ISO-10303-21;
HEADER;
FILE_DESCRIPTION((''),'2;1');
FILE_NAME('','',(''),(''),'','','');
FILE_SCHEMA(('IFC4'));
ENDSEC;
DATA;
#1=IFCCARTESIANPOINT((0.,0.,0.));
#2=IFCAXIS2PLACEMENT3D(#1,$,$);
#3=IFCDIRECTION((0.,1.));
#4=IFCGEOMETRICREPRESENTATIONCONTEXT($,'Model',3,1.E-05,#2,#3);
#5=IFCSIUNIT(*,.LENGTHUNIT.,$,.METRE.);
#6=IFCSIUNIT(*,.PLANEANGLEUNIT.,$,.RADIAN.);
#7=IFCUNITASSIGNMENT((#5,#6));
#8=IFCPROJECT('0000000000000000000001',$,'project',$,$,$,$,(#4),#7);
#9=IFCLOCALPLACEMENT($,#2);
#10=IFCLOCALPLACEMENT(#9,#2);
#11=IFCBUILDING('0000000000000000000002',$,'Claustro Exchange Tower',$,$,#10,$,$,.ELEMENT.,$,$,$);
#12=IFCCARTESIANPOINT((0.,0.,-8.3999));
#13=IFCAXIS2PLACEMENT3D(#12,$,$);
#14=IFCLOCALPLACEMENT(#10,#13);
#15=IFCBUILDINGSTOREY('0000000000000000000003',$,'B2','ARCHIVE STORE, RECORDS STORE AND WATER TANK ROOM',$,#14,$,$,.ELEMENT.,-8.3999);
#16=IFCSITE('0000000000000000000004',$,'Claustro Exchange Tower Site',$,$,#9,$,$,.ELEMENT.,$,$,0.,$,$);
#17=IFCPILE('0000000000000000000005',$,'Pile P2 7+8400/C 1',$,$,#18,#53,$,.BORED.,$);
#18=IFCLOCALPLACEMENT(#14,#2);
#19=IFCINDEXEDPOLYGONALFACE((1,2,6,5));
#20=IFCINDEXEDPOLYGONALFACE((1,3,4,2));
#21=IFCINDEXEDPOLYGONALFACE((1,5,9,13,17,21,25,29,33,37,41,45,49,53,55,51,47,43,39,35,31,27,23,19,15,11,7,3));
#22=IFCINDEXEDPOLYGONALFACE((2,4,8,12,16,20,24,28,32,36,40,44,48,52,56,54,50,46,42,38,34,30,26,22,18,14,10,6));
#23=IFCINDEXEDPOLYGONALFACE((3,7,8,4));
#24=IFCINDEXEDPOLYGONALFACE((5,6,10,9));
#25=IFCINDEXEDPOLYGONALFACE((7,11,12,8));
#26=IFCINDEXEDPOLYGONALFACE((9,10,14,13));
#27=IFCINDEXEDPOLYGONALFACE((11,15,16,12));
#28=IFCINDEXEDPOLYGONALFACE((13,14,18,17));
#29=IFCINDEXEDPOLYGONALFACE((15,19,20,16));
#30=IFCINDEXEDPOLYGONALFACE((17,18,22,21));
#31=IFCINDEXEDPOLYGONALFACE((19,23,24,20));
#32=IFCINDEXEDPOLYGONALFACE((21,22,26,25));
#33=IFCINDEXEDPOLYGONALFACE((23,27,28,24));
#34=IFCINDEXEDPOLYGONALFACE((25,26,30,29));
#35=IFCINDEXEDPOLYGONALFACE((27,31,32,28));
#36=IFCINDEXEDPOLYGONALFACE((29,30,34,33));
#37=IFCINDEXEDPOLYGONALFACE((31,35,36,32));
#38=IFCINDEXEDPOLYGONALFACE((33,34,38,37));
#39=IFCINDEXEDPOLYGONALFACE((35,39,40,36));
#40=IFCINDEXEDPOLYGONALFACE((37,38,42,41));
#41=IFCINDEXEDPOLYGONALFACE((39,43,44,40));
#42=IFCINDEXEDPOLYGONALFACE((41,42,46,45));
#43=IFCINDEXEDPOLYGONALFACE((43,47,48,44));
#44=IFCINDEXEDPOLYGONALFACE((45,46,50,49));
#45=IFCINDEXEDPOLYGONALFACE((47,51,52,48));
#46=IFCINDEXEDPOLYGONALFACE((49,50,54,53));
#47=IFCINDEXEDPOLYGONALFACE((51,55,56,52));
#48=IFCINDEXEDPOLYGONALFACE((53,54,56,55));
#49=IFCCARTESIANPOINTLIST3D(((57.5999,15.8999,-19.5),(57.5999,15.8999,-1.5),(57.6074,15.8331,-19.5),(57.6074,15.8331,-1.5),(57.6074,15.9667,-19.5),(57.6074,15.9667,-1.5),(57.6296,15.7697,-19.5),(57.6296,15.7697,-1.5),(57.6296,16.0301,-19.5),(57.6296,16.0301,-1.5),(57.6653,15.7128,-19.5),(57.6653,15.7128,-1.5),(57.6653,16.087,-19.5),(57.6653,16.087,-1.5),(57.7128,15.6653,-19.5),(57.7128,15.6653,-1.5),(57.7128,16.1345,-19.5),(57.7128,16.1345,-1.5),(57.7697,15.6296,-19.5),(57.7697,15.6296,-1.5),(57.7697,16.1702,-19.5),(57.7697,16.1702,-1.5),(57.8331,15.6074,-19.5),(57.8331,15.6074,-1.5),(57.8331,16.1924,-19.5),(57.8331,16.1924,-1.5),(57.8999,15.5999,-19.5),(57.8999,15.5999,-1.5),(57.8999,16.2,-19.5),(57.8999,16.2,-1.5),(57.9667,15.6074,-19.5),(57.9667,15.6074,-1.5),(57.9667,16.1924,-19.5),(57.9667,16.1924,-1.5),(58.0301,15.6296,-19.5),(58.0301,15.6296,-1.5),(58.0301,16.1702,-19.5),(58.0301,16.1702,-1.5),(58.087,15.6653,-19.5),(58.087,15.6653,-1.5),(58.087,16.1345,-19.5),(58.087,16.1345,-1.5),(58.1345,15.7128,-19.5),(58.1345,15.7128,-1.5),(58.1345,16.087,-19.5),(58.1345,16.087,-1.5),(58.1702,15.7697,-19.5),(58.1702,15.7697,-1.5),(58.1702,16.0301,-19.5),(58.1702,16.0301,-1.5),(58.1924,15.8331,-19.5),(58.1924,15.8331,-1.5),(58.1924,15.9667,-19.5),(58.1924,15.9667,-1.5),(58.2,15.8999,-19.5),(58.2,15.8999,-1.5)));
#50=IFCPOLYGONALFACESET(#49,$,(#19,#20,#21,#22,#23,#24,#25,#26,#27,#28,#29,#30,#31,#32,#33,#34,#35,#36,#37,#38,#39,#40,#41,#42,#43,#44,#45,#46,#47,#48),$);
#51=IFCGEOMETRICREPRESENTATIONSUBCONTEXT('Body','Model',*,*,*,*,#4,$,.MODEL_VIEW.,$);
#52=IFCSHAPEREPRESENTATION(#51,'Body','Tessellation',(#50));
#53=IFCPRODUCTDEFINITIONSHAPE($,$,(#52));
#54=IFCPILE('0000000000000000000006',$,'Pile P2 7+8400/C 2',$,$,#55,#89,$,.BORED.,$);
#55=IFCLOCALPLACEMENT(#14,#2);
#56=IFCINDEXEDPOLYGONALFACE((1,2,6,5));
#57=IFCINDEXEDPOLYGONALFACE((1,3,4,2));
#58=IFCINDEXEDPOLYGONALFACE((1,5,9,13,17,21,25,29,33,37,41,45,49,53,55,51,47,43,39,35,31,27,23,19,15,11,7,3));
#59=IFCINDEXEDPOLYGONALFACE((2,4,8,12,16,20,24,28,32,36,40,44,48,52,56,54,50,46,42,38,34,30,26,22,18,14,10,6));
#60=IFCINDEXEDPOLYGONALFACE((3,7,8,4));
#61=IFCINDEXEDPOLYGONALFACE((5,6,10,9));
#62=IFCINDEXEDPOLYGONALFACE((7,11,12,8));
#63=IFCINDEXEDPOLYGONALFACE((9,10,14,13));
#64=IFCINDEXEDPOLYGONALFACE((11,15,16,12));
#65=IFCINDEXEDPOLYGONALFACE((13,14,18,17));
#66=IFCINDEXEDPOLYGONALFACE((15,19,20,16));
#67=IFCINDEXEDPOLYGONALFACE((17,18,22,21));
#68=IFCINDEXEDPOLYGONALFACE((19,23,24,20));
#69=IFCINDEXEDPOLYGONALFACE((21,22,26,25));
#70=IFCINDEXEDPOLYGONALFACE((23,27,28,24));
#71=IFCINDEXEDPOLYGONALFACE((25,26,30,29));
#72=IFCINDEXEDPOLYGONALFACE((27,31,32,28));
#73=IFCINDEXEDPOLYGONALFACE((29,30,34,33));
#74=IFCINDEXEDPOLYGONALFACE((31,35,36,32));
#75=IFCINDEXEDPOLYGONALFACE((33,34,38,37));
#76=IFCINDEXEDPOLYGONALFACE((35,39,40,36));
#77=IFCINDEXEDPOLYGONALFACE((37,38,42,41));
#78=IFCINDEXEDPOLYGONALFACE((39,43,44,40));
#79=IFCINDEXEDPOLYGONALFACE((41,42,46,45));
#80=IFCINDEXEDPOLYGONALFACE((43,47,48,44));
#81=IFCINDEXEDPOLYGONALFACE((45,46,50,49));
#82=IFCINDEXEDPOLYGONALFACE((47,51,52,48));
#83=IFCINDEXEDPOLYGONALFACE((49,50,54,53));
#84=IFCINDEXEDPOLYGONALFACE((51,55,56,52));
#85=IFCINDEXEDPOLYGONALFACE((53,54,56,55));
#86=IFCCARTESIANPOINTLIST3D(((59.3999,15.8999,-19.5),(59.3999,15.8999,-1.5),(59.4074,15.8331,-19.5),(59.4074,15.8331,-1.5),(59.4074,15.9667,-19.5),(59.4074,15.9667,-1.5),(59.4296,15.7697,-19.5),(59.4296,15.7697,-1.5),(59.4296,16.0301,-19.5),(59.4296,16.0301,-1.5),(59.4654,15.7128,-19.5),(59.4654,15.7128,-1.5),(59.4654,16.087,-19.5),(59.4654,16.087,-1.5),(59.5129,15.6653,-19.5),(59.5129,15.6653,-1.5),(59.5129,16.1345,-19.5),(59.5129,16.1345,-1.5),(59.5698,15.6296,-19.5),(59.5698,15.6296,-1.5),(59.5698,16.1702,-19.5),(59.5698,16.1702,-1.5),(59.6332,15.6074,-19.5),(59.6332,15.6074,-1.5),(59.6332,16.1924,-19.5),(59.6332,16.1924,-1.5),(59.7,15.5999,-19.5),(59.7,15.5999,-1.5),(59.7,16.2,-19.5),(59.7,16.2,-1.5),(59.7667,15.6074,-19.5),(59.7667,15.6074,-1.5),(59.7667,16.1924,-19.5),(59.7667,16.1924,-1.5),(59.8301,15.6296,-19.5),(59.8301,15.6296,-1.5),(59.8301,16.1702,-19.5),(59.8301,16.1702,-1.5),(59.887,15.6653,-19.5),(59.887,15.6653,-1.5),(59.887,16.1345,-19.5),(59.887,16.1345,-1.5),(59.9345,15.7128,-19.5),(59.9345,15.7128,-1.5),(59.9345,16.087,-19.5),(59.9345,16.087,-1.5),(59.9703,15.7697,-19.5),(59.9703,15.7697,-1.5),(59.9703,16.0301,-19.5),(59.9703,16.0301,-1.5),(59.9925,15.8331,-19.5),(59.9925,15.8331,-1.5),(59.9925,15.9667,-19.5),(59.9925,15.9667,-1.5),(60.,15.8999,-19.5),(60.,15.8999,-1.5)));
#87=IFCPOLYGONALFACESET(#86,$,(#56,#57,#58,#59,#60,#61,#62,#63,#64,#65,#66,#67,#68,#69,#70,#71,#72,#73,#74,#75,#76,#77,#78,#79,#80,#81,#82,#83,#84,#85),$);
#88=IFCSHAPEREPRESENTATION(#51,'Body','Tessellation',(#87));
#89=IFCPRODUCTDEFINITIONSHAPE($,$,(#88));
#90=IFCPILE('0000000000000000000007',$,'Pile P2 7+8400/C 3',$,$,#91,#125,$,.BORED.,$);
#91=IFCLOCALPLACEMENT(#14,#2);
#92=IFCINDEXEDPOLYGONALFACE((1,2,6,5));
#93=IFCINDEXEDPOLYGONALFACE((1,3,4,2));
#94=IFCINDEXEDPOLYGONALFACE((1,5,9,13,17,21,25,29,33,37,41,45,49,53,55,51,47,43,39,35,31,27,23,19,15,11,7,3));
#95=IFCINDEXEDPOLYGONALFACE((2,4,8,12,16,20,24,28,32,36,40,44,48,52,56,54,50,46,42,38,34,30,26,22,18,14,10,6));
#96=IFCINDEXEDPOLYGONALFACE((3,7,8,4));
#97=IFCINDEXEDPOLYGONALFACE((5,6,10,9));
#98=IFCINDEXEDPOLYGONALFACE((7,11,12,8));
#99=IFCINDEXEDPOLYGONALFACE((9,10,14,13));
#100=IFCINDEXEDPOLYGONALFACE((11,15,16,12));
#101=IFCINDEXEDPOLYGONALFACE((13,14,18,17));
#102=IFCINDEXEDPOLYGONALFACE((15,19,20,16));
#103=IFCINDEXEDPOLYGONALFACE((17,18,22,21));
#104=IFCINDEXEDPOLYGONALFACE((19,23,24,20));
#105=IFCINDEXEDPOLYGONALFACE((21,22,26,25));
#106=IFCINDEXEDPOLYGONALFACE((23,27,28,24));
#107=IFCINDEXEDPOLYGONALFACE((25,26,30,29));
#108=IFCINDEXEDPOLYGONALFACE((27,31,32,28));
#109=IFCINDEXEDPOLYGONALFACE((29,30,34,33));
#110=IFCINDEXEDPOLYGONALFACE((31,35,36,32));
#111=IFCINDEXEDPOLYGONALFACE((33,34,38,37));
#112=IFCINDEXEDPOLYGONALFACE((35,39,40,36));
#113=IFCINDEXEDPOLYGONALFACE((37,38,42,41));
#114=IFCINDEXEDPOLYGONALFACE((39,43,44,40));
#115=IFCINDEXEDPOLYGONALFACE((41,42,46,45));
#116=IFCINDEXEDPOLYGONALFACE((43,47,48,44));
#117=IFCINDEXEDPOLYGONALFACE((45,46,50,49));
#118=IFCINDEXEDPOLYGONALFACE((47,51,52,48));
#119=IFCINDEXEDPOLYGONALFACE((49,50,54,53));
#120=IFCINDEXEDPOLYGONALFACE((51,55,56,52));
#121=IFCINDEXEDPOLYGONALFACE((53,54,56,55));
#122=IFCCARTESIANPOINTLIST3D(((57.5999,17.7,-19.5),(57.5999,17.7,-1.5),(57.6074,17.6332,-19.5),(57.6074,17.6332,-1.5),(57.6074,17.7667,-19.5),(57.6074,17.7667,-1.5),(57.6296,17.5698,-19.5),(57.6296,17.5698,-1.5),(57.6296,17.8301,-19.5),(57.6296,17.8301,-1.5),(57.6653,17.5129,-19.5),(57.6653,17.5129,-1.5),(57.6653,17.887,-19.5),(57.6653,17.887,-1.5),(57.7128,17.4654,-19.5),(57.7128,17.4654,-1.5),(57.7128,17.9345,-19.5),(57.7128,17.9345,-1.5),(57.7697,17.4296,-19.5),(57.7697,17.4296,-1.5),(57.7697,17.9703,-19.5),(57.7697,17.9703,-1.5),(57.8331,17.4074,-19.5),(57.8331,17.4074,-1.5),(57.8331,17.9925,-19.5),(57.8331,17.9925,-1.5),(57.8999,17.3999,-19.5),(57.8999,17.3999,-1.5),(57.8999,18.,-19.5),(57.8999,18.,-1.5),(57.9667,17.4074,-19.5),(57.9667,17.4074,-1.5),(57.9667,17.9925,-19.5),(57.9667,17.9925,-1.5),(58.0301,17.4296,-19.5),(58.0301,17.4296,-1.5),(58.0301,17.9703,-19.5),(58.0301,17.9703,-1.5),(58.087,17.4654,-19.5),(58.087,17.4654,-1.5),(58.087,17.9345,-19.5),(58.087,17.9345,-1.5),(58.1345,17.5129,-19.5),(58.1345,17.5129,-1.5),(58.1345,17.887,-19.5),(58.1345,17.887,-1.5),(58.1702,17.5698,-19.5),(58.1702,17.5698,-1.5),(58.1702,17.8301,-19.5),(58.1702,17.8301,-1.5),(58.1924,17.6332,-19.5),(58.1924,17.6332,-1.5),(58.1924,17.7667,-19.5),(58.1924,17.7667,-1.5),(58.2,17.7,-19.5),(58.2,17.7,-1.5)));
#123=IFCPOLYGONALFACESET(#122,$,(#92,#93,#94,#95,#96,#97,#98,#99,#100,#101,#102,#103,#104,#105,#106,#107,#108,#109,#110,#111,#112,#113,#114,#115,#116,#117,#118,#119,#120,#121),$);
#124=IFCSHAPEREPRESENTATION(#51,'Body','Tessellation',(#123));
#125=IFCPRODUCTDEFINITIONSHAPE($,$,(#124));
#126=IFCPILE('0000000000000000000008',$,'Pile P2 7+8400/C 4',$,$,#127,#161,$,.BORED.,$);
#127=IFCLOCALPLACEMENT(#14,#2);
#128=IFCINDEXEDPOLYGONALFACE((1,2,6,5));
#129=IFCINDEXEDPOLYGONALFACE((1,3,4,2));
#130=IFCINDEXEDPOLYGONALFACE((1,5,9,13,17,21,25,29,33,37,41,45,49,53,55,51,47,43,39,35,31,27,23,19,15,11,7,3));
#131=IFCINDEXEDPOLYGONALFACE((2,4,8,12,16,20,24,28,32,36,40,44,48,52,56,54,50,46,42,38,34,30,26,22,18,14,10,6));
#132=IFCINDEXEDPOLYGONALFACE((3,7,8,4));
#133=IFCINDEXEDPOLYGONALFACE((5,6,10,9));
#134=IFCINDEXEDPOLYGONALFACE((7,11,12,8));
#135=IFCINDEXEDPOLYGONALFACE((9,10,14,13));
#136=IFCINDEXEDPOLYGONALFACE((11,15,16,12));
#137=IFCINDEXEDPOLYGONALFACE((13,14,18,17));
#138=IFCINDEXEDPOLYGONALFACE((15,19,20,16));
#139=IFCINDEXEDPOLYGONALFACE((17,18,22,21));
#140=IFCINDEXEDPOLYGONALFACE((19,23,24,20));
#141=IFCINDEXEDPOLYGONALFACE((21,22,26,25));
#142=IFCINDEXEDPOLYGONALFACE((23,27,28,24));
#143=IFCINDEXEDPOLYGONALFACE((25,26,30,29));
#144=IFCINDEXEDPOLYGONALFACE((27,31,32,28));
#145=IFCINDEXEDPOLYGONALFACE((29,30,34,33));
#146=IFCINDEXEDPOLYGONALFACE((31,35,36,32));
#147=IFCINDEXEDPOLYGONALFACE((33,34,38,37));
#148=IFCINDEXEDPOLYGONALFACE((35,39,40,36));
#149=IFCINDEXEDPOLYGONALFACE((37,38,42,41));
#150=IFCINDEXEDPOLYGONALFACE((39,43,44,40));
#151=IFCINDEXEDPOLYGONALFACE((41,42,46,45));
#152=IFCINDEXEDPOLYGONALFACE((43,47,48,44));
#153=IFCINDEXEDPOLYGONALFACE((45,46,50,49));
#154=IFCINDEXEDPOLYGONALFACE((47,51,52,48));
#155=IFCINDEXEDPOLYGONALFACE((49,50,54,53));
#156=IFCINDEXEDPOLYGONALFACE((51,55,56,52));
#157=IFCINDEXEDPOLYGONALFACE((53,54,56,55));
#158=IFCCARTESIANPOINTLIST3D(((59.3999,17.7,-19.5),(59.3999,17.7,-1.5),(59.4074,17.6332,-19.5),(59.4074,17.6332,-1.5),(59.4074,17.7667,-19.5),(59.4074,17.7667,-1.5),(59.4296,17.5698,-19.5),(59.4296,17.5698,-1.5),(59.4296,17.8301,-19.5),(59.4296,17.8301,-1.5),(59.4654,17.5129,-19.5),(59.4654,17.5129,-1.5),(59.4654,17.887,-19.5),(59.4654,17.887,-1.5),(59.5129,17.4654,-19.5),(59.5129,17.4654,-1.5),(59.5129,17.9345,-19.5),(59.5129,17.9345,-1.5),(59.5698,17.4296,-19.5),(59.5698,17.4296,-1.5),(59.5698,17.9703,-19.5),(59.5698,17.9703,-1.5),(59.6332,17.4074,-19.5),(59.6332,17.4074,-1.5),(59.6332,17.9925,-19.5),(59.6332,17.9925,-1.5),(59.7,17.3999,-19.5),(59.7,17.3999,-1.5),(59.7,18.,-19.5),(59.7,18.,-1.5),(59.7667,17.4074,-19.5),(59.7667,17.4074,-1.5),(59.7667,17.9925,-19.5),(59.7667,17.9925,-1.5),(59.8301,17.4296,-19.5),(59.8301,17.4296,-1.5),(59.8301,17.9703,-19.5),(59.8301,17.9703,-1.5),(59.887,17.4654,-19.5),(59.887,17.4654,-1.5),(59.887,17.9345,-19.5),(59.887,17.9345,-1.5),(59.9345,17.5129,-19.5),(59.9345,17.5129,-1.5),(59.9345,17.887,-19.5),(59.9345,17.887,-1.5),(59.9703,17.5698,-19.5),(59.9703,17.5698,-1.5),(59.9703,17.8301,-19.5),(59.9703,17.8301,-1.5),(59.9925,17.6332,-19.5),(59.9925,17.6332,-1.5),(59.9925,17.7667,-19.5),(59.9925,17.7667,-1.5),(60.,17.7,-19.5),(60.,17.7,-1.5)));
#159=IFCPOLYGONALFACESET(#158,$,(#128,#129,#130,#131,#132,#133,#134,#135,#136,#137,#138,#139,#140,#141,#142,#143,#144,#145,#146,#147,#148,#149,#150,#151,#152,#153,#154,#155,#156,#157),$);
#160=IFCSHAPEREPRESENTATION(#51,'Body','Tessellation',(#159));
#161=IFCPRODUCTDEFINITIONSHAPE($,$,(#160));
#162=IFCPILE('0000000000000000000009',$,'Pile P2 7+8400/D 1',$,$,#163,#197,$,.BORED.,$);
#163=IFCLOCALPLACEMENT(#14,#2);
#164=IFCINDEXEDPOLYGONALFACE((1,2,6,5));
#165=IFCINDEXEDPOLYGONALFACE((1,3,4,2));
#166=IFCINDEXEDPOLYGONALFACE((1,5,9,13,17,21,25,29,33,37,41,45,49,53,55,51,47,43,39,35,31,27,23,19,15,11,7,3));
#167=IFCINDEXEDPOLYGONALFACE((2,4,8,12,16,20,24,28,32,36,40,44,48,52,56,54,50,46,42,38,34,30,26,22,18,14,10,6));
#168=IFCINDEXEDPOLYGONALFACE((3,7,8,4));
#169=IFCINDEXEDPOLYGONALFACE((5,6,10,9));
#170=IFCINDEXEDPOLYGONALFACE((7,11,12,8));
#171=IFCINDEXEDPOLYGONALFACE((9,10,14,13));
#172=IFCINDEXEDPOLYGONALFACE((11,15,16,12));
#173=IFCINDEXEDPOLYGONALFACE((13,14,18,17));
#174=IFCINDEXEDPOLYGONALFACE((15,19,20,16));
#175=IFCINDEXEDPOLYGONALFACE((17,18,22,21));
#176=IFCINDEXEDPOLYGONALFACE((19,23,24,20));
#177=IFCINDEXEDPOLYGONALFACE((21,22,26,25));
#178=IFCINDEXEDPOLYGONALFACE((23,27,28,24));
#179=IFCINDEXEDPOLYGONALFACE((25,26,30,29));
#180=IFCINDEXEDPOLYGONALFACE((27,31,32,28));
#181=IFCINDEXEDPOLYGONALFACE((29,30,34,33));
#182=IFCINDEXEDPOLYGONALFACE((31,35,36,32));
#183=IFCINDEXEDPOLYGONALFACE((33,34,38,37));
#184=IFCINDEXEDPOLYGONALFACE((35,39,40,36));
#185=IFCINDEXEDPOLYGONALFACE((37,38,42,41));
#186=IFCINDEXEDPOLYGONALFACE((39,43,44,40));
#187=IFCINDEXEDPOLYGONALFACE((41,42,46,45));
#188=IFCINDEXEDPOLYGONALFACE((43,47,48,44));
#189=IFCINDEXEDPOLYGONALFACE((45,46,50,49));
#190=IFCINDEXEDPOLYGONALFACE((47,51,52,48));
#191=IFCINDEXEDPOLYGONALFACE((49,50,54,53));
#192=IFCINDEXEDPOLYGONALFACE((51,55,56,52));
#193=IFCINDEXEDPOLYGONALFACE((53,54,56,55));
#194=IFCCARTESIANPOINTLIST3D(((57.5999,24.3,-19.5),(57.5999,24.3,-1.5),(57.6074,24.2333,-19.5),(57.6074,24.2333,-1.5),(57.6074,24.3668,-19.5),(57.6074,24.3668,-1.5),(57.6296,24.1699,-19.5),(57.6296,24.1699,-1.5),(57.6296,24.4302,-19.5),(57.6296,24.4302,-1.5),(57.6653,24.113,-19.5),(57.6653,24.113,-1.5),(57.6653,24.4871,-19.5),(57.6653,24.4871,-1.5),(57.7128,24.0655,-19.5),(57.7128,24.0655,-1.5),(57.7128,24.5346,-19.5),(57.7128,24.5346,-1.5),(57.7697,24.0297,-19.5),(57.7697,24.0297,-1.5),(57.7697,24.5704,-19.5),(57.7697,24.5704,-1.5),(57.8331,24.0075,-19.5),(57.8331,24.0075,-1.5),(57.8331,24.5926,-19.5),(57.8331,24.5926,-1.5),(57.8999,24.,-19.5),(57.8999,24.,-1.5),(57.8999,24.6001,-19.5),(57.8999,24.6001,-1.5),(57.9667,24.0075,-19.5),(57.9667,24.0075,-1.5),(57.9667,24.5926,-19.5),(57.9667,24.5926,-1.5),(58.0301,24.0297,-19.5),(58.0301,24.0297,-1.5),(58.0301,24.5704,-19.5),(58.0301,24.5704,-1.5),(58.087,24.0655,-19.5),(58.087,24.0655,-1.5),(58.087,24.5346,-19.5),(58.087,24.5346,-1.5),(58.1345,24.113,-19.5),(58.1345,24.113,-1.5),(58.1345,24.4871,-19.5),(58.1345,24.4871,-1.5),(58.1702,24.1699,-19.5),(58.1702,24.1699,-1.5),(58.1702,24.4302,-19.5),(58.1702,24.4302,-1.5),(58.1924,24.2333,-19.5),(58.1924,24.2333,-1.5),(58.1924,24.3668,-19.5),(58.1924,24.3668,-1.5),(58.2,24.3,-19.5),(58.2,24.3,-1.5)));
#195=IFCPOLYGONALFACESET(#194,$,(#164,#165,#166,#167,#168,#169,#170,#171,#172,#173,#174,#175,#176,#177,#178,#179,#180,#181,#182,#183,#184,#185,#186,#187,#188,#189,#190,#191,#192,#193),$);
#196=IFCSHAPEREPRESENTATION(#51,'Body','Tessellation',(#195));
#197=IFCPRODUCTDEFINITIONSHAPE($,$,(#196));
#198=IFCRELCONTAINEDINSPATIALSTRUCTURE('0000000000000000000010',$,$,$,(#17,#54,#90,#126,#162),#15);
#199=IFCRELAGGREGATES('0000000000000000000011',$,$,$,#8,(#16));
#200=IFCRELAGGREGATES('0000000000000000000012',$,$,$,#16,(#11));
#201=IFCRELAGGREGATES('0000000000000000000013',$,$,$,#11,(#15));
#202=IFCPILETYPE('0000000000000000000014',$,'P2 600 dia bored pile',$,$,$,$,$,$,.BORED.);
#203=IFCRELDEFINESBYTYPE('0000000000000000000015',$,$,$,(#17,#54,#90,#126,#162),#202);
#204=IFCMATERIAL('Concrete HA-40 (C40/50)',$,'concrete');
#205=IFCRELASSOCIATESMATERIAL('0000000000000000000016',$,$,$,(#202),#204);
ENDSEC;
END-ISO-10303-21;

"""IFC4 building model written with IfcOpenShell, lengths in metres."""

from ifc_helpers import new_model, si_unit, direction, frame, origin, origin_2d, place, context, subcontext, project, spatial, circle, extrude, material, type_object, element, save


model = new_model("IFC4")

# Units and contexts
model_context = context("Model", 3, precision=1e-05, world=origin(), true_north=direction((0.0, 1.0)))
body_context = subcontext(model_context, "Body", "Model", "MODEL_VIEW")
ifc_project = project(units=[si_unit("LENGTHUNIT", "METRE"), si_unit("PLANEANGLEUNIT", "RADIAN")], contexts=[model_context])

# Site, building, storey
site_placement = place(None, origin())
site = spatial("IfcSite", under=ifc_project, at=site_placement, Name="Claustro Exchange Tower Site", CompositionType="ELEMENT", RefElevation=0.0)
building_placement = place(site_placement, origin())
building = spatial("IfcBuilding", under=site, at=building_placement, Name="Claustro Exchange Tower", CompositionType="ELEMENT")
storey_placement = place(building_placement, frame((0.0, 0.0, -8.3999)))
storey = spatial("IfcBuildingStorey", under=building, at=storey_placement, Name="B2", Description="ARCHIVE STORE, RECORDS STORE AND WATER TANK ROOM", CompositionType="ELEMENT", Elevation=-8.3999)

# Piles
ifc_material_1 = material(Name="Concrete HA-40 (C40/50)", Category="concrete")
pile_type_1 = type_object("IfcPileType", Name="P2 600 dia bored pile", PredefinedType="BORED", material=ifc_material_1)
for number, where, z_axis, x_axis, name in (
    (1, (57.8999, 15.8999, -1.5), (0.0, 0.0, -1.0), (1.0, 0.0, 0.0), "Pile P2 7+8400/C 1"),
    (2, (59.7, 15.8999, -1.5), (0.0, 0.0, -1.0), (1.0, 0.0, 0.0), "Pile P2 7+8400/C 2"),
    (3, (57.8999, 17.7, -1.5), (0.0, 0.0, -1.0), (1.0, 0.0, 0.0), "Pile P2 7+8400/C 3"),
    (4, (59.7, 17.7, -1.5), (0.0, 0.0, -1.0), (1.0, 0.0, 0.0), "Pile P2 7+8400/C 4"),
    (5, (57.8999, 24.3, -1.5), (0.0, 0.0, -1.0), (1.0, 0.0, 0.0), "Pile P2 7+8400/D 1"),
):
    element("IfcPile", number, at=place(storey_placement, frame(where, z_axis=z_axis, x_axis=x_axis)), inside=storey, type_object=pile_type_1, Name=name, PredefinedType="BORED", context=body_context, shape_type="SweptSolid", body=[
        extrude(circle(Radius=0.3, at=origin_2d()), origin(), (0.0, 0.0, 1.0), 18.0),
    ])

save(model, "model.ifc")
